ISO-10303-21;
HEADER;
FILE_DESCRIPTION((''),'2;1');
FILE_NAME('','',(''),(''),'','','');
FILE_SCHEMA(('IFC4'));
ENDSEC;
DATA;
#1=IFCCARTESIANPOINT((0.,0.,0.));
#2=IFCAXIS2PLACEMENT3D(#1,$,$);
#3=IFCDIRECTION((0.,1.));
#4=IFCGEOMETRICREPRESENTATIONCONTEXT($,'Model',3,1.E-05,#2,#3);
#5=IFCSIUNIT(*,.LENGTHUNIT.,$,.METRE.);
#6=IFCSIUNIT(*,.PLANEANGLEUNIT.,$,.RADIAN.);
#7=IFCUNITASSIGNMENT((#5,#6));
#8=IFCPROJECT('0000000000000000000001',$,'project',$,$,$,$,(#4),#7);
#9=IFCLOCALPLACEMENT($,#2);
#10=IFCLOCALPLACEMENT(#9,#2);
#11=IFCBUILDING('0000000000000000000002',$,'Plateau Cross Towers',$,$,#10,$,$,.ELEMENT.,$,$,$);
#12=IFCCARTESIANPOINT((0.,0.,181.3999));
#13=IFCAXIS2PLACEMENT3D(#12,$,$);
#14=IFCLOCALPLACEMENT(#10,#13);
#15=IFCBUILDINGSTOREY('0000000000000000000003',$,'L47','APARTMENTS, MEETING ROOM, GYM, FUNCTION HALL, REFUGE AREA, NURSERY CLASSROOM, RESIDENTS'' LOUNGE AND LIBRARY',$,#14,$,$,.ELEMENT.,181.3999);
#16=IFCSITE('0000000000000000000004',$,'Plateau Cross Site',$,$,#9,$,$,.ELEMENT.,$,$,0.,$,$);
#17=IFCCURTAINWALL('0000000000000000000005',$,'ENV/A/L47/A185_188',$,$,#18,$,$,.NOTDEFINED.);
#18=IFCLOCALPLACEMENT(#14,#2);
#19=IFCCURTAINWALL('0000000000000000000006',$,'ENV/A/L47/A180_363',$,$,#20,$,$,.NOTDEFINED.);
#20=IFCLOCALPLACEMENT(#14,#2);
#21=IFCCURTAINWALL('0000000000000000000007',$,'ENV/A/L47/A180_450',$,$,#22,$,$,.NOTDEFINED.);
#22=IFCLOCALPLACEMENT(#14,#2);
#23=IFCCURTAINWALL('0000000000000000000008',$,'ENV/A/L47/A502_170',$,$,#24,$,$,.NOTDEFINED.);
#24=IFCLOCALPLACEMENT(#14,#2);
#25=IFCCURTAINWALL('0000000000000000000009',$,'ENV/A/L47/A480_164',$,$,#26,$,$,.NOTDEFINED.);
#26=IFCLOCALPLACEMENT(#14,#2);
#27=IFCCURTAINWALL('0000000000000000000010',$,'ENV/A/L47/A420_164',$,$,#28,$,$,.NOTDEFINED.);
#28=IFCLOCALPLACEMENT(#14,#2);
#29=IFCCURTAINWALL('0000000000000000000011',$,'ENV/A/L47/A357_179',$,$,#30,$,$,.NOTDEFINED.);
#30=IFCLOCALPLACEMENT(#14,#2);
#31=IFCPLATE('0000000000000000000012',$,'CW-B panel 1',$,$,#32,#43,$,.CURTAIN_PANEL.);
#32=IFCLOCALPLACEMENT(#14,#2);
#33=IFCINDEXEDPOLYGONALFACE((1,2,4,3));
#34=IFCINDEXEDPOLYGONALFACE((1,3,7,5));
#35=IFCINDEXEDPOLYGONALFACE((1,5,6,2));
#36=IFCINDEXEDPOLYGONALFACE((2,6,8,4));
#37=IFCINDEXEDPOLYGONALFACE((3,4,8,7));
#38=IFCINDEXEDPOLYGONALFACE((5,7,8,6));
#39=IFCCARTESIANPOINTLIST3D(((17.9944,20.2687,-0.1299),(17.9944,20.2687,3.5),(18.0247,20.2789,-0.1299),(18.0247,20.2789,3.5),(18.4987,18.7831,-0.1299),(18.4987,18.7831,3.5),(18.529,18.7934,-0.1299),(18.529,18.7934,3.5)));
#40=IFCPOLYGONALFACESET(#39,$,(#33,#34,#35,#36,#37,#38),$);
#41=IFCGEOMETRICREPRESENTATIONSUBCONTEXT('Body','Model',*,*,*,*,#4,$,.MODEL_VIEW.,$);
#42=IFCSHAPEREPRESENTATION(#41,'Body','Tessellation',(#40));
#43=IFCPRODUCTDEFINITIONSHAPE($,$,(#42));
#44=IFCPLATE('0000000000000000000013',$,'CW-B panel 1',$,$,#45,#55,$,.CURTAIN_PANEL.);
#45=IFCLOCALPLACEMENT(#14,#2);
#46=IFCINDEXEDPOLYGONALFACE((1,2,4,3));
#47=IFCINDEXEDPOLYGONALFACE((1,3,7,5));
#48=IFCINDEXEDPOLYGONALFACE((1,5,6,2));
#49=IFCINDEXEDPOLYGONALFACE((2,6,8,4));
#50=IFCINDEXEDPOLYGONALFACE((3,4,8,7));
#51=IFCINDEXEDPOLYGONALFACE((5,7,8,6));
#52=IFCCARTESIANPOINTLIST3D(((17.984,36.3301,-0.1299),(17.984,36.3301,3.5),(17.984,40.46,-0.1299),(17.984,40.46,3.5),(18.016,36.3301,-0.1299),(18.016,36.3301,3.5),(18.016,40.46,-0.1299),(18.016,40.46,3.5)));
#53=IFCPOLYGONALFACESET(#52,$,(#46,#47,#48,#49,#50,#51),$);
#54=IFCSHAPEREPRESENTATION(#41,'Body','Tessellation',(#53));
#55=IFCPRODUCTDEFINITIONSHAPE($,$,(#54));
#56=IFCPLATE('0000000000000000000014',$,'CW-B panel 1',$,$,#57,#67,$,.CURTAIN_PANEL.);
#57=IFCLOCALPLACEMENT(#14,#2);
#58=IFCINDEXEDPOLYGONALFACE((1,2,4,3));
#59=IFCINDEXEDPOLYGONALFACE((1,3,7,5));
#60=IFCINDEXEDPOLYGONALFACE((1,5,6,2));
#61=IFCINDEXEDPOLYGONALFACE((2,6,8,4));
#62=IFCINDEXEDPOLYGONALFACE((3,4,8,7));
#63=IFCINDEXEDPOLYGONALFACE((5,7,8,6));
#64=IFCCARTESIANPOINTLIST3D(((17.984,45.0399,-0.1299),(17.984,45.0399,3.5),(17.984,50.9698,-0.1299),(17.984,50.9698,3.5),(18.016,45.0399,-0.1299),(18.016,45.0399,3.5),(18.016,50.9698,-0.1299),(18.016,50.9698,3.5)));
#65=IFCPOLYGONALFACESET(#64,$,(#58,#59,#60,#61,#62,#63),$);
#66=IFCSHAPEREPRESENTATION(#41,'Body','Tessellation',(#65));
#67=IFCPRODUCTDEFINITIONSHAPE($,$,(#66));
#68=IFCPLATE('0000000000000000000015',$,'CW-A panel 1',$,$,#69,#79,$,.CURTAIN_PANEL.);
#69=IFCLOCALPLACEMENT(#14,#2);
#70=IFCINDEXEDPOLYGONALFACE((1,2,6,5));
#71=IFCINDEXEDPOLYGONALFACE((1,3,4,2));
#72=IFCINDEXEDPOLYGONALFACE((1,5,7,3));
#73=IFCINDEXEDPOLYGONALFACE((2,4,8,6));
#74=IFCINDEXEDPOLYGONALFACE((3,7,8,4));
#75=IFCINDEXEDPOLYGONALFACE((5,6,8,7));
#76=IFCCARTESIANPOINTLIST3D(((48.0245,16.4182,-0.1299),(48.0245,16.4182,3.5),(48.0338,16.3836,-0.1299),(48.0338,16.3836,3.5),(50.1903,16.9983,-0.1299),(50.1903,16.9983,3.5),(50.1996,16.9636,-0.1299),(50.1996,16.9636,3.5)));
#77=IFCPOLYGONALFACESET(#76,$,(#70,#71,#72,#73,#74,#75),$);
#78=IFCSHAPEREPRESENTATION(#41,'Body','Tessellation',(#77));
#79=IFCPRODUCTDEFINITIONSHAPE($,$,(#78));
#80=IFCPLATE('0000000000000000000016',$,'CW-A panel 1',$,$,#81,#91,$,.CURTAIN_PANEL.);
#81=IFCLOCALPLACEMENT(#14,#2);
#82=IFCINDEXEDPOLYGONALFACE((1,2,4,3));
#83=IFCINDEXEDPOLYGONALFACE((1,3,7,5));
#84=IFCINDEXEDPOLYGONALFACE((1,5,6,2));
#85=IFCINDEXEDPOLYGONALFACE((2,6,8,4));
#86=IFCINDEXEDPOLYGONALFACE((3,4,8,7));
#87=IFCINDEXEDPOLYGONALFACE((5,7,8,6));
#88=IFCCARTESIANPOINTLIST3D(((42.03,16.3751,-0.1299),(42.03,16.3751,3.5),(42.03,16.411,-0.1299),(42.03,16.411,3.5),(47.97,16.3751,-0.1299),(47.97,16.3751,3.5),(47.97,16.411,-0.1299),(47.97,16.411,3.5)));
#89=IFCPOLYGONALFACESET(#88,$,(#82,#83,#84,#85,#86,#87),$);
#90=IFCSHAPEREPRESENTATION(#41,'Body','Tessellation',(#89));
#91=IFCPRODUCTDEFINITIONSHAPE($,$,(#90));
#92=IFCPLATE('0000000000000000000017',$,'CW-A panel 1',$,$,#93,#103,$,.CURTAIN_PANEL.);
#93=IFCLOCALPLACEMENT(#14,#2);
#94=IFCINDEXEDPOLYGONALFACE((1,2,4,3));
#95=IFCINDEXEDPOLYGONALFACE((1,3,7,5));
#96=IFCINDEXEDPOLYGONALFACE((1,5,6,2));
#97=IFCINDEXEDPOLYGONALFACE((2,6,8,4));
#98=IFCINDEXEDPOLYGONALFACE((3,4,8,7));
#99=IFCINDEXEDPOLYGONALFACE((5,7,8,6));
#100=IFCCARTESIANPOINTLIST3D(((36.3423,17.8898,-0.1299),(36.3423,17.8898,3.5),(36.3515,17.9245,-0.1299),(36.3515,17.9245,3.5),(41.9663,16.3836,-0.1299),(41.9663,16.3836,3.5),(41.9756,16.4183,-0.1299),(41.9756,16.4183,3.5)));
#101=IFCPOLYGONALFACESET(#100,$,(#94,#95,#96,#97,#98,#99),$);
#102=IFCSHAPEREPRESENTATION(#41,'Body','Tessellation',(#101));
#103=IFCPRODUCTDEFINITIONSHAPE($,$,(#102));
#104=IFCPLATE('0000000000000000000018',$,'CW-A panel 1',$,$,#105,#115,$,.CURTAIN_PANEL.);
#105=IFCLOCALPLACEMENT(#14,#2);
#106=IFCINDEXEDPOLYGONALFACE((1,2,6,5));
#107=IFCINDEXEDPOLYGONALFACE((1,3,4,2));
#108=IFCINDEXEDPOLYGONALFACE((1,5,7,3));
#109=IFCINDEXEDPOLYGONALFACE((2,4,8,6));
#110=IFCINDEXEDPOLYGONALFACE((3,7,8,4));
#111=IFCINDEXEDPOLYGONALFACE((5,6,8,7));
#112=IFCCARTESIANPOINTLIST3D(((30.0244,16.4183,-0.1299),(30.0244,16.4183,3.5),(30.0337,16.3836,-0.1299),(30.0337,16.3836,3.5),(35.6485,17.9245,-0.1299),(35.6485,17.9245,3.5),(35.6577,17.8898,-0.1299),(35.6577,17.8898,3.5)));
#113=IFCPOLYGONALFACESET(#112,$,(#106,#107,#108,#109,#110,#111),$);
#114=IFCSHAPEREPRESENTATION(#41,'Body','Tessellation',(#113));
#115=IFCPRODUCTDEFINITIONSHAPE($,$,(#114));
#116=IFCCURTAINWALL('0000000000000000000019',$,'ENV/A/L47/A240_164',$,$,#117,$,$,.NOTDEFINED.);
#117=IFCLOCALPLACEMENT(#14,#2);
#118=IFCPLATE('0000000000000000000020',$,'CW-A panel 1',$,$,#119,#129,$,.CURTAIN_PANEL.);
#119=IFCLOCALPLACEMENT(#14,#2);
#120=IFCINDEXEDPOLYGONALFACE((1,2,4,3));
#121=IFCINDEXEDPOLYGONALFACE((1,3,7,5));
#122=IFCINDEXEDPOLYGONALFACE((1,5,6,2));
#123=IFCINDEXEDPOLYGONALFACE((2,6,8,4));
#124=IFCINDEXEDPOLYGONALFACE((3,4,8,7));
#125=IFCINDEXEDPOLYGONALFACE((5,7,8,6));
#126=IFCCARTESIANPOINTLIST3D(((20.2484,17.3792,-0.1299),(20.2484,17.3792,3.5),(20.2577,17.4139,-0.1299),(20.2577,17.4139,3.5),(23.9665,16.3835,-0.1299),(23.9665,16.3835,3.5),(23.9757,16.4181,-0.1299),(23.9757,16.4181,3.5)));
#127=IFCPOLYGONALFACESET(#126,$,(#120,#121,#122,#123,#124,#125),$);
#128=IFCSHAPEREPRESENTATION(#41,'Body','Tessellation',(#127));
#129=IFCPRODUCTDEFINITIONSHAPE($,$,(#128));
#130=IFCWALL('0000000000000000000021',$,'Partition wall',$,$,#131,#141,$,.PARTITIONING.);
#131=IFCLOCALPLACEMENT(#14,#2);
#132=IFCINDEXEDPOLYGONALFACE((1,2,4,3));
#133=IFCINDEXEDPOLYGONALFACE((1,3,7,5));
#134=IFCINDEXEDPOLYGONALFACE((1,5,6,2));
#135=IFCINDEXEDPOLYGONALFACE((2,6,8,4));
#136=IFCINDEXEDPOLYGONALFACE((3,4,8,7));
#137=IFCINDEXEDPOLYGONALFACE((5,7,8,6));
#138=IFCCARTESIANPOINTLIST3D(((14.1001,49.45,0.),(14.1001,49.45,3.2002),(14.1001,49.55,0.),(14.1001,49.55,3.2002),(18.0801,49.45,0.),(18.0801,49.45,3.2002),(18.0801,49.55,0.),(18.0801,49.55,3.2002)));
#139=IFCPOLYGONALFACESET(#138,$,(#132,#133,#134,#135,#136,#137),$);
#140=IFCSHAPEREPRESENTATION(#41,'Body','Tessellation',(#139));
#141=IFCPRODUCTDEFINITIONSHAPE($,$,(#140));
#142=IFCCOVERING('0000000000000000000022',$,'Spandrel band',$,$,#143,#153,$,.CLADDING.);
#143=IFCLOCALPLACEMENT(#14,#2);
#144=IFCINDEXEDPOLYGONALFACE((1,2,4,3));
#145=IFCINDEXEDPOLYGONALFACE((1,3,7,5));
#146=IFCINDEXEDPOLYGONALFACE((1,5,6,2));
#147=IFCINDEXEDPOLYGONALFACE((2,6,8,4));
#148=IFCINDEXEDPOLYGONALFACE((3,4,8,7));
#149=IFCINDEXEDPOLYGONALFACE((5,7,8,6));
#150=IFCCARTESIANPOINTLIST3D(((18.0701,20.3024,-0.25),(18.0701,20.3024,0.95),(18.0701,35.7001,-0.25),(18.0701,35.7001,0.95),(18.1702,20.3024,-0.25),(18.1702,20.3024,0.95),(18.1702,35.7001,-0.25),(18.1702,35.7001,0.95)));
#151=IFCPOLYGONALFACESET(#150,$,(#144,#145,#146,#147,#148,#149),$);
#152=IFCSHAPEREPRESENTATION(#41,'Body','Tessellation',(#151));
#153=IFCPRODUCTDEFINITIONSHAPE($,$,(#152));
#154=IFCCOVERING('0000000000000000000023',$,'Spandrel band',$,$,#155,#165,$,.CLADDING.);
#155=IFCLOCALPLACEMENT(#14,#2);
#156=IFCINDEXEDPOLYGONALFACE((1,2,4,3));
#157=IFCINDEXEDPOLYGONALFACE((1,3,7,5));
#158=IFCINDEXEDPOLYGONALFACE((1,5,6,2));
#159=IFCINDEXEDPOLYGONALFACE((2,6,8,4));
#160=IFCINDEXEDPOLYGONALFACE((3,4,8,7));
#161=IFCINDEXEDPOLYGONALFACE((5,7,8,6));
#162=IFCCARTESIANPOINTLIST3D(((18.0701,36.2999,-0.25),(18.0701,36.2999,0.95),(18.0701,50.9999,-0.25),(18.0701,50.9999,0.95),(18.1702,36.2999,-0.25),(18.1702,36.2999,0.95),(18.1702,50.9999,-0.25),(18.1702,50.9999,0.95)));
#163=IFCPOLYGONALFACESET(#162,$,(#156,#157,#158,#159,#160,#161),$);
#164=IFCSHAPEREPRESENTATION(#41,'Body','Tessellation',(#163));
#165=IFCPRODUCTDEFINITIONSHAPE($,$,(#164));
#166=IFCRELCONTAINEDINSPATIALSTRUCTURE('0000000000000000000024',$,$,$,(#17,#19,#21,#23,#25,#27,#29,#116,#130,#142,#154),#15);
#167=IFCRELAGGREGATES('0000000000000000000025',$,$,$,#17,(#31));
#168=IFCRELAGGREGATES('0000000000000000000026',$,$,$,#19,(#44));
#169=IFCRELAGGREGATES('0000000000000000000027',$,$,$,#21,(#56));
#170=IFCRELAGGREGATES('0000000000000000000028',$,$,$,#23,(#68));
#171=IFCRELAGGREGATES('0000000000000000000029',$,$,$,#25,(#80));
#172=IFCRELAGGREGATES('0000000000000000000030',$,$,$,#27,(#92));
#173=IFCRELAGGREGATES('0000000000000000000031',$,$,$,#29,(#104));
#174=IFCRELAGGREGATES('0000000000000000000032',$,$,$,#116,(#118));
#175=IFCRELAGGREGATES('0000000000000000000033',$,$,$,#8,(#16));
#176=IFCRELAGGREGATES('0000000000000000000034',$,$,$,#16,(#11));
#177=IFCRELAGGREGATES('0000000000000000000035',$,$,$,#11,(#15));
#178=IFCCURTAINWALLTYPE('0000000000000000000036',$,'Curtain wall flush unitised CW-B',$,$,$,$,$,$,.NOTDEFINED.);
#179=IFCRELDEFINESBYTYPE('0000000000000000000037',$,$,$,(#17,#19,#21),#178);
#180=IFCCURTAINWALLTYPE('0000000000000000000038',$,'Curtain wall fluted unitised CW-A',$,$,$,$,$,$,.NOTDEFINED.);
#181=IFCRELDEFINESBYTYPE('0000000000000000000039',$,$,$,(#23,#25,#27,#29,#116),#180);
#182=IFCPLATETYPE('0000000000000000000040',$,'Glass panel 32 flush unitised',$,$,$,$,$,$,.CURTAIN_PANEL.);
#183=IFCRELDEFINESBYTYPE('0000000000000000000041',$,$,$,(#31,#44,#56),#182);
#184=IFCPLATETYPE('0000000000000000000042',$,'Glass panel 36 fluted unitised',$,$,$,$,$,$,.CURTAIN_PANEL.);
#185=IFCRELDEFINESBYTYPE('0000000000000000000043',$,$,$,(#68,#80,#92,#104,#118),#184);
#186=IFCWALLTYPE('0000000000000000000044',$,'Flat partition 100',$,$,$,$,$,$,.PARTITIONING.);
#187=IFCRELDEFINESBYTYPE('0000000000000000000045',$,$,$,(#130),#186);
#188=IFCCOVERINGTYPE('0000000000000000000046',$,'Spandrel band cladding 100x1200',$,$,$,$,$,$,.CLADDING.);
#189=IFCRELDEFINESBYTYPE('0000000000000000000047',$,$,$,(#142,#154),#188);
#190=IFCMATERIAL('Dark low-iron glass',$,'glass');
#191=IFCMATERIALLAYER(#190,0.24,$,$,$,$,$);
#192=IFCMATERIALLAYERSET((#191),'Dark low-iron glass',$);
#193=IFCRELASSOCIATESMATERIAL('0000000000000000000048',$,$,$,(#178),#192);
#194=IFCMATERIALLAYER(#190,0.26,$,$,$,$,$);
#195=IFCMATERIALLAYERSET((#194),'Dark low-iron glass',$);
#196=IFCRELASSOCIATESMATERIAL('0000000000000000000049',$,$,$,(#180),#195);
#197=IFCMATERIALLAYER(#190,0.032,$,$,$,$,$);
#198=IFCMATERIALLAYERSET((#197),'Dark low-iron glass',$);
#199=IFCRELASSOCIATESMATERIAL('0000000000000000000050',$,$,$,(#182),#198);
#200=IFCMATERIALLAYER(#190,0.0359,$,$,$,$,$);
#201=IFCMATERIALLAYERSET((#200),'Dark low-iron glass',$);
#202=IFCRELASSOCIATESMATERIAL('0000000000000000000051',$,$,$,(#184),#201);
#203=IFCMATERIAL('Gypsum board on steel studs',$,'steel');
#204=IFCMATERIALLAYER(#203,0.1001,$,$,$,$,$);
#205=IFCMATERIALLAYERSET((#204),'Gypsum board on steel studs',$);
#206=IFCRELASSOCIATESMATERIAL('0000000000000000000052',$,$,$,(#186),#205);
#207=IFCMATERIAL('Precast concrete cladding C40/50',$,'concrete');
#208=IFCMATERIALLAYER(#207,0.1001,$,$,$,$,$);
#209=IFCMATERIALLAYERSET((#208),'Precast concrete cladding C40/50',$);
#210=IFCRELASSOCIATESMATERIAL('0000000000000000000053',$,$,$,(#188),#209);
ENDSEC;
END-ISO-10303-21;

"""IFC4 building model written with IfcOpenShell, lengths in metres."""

from ifc_helpers import new_model, si_unit, direction, frame, frame_2d, origin, origin_2d, place, context, subcontext, project, spatial, rectangle, extrude, material, layer, layer_set, type_object, element, aggregate, save


model = new_model("IFC4")

# Units and contexts
model_context = context("Model", 3, precision=1e-05, world=origin(), true_north=direction((0.0, 1.0)))
body_context = subcontext(model_context, "Body", "Model", "MODEL_VIEW")
ifc_project = project(units=[si_unit("LENGTHUNIT", "METRE"), si_unit("PLANEANGLEUNIT", "RADIAN")], contexts=[model_context])

# Site, building, storey
site_placement = place(None, origin())
site = spatial("IfcSite", under=ifc_project, at=site_placement, Name="Plateau Cross Site", CompositionType="ELEMENT", RefElevation=0.0)
building_placement = place(site_placement, origin())
building = spatial("IfcBuilding", under=site, at=building_placement, Name="Plateau Cross Towers", CompositionType="ELEMENT")
storey_placement = place(building_placement, frame((0.0, 0.0, 181.3999)))
storey = spatial("IfcBuildingStorey", under=building, at=storey_placement, Name="L47", Description="APARTMENTS, MEETING ROOM, GYM, FUNCTION HALL, REFUGE AREA, NURSERY CLASSROOM, RESIDENTS' LOUNGE AND LIBRARY", CompositionType="ELEMENT", Elevation=181.3999)

# Shared definitions
ifc_material_1 = material(Name="Dark low-iron glass", Category="glass")
ifc_layer_1 = layer(ifc_material_1, 0.24)
ifc_layer_set_1 = layer_set([ifc_layer_1], Name="Dark low-iron glass")
curtain_wall_type_1 = type_object("IfcCurtainWallType", Name="Curtain wall flush unitised CW-B", PredefinedType="NOTDEFINED", material=ifc_layer_set_1)

# Curtain walls
curtain_wall_1_placement = place(storey_placement, origin())
curtain_wall_1 = element("IfcCurtainWall", 1, at=curtain_wall_1_placement, inside=storey, type_object=curtain_wall_type_1, Name="ENV/A/L47/A185_188", PredefinedType="NOTDEFINED")
curtain_wall_2_placement = place(storey_placement, origin())
curtain_wall_2 = element("IfcCurtainWall", 2, at=curtain_wall_2_placement, inside=storey, type_object=curtain_wall_type_1, Name="ENV/A/L47/A180_363", PredefinedType="NOTDEFINED")
curtain_wall_3_placement = place(storey_placement, origin())
curtain_wall_3 = element("IfcCurtainWall", 3, at=curtain_wall_3_placement, inside=storey, type_object=curtain_wall_type_1, Name="ENV/A/L47/A180_450", PredefinedType="NOTDEFINED")
ifc_layer_2 = layer(ifc_material_1, 0.26)
ifc_layer_set_2 = layer_set([ifc_layer_2], Name="Dark low-iron glass")
curtain_wall_type_2 = type_object("IfcCurtainWallType", Name="Curtain wall fluted unitised CW-A", PredefinedType="NOTDEFINED", material=ifc_layer_set_2)
curtain_wall_4_placement = place(storey_placement, origin())
curtain_wall_4 = element("IfcCurtainWall", 4, at=curtain_wall_4_placement, inside=storey, type_object=curtain_wall_type_2, Name="ENV/A/L47/A502_170", PredefinedType="NOTDEFINED")
curtain_wall_5_placement = place(storey_placement, origin())
curtain_wall_5 = element("IfcCurtainWall", 5, at=curtain_wall_5_placement, inside=storey, type_object=curtain_wall_type_2, Name="ENV/A/L47/A480_164", PredefinedType="NOTDEFINED")

# Curtain wall
curtain_wall_6_placement = place(storey_placement, origin())
curtain_wall_6 = element("IfcCurtainWall", 6, at=curtain_wall_6_placement, inside=storey, type_object=curtain_wall_type_2, Name="ENV/A/L47/A420_164", PredefinedType="NOTDEFINED")

# Curtain wall
curtain_wall_7_placement = place(storey_placement, origin())
curtain_wall_7 = element("IfcCurtainWall", 7, at=curtain_wall_7_placement, inside=storey, type_object=curtain_wall_type_2, Name="ENV/A/L47/A357_179", PredefinedType="NOTDEFINED")

# Plates
ifc_layer_3 = layer(ifc_material_1, 0.032)
ifc_layer_set_3 = layer_set([ifc_layer_3], Name="Dark low-iron glass")
plate_type_1 = type_object("IfcPlateType", Name="Glass panel 32 flush unitised", PredefinedType="CURTAIN_PANEL", material=ifc_layer_set_3)
plate_1_placement = place(storey_placement, frame((18.2617, 19.531, -0.1299), z_axis=(0.0, 0.0, 1.0), x_axis=(-0.321469, 0.94692, 0.0)))
plate_1 = element("IfcPlate", 8, at=plate_1_placement, type_object=plate_type_1, Name="CW-B panel 1", PredefinedType="CURTAIN_PANEL", context=body_context, shape_type="SweptSolid", body=[
    extrude(rectangle(XDim=1.5688, YDim=0.032, at=origin_2d()), origin(), (0.0, 0.0, 1.0), 3.6299),
])
aggregate(curtain_wall_1, [plate_1])
plate_2_placement = place(storey_placement, frame((18.0, 38.395, -0.1299), z_axis=(0.0, 0.0, 1.0), x_axis=(0.0, 1.0, 0.0)))
plate_2 = element("IfcPlate", 9, at=plate_2_placement, type_object=plate_type_1, Name="CW-B panel 1", PredefinedType="CURTAIN_PANEL", context=body_context, shape_type="SweptSolid", body=[
    extrude(rectangle(XDim=4.1299, YDim=0.032, at=origin_2d()), origin(), (0.0, 0.0, 1.0), 3.6299),
])
aggregate(curtain_wall_2, [plate_2])
plate_3_placement = place(storey_placement, frame((18.0, 48.0049, -0.1299), z_axis=(0.0, 0.0, 1.0), x_axis=(0.0, 1.0, 0.0)))
plate_3 = element("IfcPlate", 10, at=plate_3_placement, type_object=plate_type_1, Name="CW-B panel 1", PredefinedType="CURTAIN_PANEL", context=body_context, shape_type="SweptSolid", body=[
    extrude(rectangle(XDim=5.9299, YDim=0.032, at=origin_2d()), origin(), (0.0, 0.0, 1.0), 3.6299),
])
aggregate(curtain_wall_3, [plate_3])
ifc_layer_4 = layer(ifc_material_1, 0.0359)
ifc_layer_set_4 = layer_set([ifc_layer_4], Name="Dark low-iron glass")
plate_type_2 = type_object("IfcPlateType", Name="Glass panel 36 fluted unitised", PredefinedType="CURTAIN_PANEL", material=ifc_layer_set_4)
plate_4_placement = place(storey_placement, frame((49.1121, 16.6909, -0.1299), z_axis=(0.0, 0.0, 1.0), x_axis=(-0.965958, -0.258699, 0.0)))
plate_4 = element("IfcPlate", 11, at=plate_4_placement, type_object=plate_type_2, Name="CW-A panel 1", PredefinedType="CURTAIN_PANEL", context=body_context, shape_type="SweptSolid", body=[
    extrude(rectangle(XDim=2.2422, YDim=0.0359, at=origin_2d()), origin(), (0.0, 0.0, 1.0), 3.6299),
])
aggregate(curtain_wall_4, [plate_4])
plate_5_placement = place(storey_placement, frame((45.0, 16.3931, -0.1299), z_axis=(0.0, 0.0, 1.0), x_axis=(-1.0, 0.0, 0.0)))
plate_5 = element("IfcPlate", 12, at=plate_5_placement, type_object=plate_type_2, Name="CW-A panel 1", PredefinedType="CURTAIN_PANEL", context=body_context, shape_type="SweptSolid", body=[
    extrude(rectangle(XDim=5.9399, YDim=0.0359, at=origin_2d()), origin(), (0.0, 0.0, 1.0), 3.6299),
])
aggregate(curtain_wall_5, [plate_5])
plate_6_placement = place(storey_placement, frame((39.1589, 17.1541, -0.1299), z_axis=(0.0, 0.0, 1.0), x_axis=(-0.965958, 0.258699, 0.0)))
plate_6 = element("IfcPlate", 13, at=plate_6_placement, type_object=plate_type_2, Name="CW-A panel 1", PredefinedType="CURTAIN_PANEL", context=body_context, shape_type="SweptSolid", body=[
    extrude(rectangle(XDim=5.8223, YDim=0.0359, at=origin_2d()), origin(), (0.0, 0.0, 1.0), 3.6299),
])
aggregate(curtain_wall_6, [plate_6])
plate_7_placement = place(storey_placement, frame((32.8411, 17.1541, -0.1299), z_axis=(0.0, 0.0, 1.0), x_axis=(-0.965958, -0.258699, 0.0)))
plate_7 = element("IfcPlate", 14, at=plate_7_placement, type_object=plate_type_2, Name="CW-A panel 1", PredefinedType="CURTAIN_PANEL", context=body_context, shape_type="SweptSolid", body=[
    extrude(rectangle(XDim=5.8223, YDim=0.0359, at=origin_2d()), origin(), (0.0, 0.0, 1.0), 3.6299),
])
aggregate(curtain_wall_7, [plate_7])

# Curtain wall, plate
curtain_wall_8_placement = place(storey_placement, origin())
curtain_wall_8 = element("IfcCurtainWall", 15, at=curtain_wall_8_placement, inside=storey, type_object=curtain_wall_type_2, Name="ENV/A/L47/A240_164", PredefinedType="NOTDEFINED")
plate_8_placement = place(storey_placement, frame((22.1121, 16.8987, -0.1299), z_axis=(0.0, 0.0, 1.0), x_axis=(-0.965958, 0.258699, 0.0)))
plate_8 = element("IfcPlate", 16, at=plate_8_placement, type_object=plate_type_2, Name="CW-A panel 1", PredefinedType="CURTAIN_PANEL", context=body_context, shape_type="SweptSolid", body=[
    extrude(rectangle(XDim=3.8491, YDim=0.0359, at=origin_2d()), origin(), (0.0, 0.0, 1.0), 3.6299),
])
aggregate(curtain_wall_8, [plate_8])

# Wall
ifc_material_2 = material(Name="Gypsum board on steel studs", Category="steel")
ifc_layer_5 = layer(ifc_material_2, 0.1001)
ifc_layer_set_5 = layer_set([ifc_layer_5], Name="Gypsum board on steel studs")
wall_type = type_object("IfcWallType", Name="Flat partition 100", PredefinedType="PARTITIONING", material=ifc_layer_set_5)
wall_placement = place(storey_placement, frame((18.0801, 49.5, 0.0), z_axis=(0.0, 0.0, 1.0), x_axis=(-1.0, 0.0, 0.0)))
element("IfcWall", 17, at=wall_placement, inside=storey, type_object=wall_type, Name="Partition wall", PredefinedType="PARTITIONING", context=body_context, shape_type="SweptSolid", body=[
    extrude(rectangle(XDim=3.98, YDim=0.1001, at=frame_2d((1.99, 0.0))), origin(), (0.0, 0.0, 1.0), 3.2002),
])

# Coverings
ifc_material_3 = material(Name="Precast concrete cladding C40/50", Category="concrete")
ifc_layer_6 = layer(ifc_material_3, 0.1001)
ifc_layer_set_6 = layer_set([ifc_layer_6], Name="Precast concrete cladding C40/50")
covering_type = type_object("IfcCoveringType", Name="Spandrel band cladding 100x1200", PredefinedType="CLADDING", material=ifc_layer_set_6)
covering_1_placement = place(storey_placement, frame((18.1201, 28.0012, -0.25), z_axis=(0.0, 0.0, 1.0), x_axis=(0.0, 1.0, 0.0)))
element("IfcCovering", 18, at=covering_1_placement, inside=storey, type_object=covering_type, Name="Spandrel band", PredefinedType="CLADDING", context=body_context, shape_type="SweptSolid", body=[
    extrude(rectangle(XDim=15.3977, YDim=0.1001, at=origin_2d()), origin(), (0.0, 0.0, 1.0), 1.2),
])
covering_2_placement = place(storey_placement, frame((18.1201, 43.6499, -0.25), z_axis=(0.0, 0.0, 1.0), x_axis=(0.0, 1.0, 0.0)))
element("IfcCovering", 19, at=covering_2_placement, inside=storey, type_object=covering_type, Name="Spandrel band", PredefinedType="CLADDING", context=body_context, shape_type="SweptSolid", body=[
    extrude(rectangle(XDim=14.7, YDim=0.1001, at=origin_2d()), origin(), (0.0, 0.0, 1.0), 1.2),
])

save(model, "model.ifc")
